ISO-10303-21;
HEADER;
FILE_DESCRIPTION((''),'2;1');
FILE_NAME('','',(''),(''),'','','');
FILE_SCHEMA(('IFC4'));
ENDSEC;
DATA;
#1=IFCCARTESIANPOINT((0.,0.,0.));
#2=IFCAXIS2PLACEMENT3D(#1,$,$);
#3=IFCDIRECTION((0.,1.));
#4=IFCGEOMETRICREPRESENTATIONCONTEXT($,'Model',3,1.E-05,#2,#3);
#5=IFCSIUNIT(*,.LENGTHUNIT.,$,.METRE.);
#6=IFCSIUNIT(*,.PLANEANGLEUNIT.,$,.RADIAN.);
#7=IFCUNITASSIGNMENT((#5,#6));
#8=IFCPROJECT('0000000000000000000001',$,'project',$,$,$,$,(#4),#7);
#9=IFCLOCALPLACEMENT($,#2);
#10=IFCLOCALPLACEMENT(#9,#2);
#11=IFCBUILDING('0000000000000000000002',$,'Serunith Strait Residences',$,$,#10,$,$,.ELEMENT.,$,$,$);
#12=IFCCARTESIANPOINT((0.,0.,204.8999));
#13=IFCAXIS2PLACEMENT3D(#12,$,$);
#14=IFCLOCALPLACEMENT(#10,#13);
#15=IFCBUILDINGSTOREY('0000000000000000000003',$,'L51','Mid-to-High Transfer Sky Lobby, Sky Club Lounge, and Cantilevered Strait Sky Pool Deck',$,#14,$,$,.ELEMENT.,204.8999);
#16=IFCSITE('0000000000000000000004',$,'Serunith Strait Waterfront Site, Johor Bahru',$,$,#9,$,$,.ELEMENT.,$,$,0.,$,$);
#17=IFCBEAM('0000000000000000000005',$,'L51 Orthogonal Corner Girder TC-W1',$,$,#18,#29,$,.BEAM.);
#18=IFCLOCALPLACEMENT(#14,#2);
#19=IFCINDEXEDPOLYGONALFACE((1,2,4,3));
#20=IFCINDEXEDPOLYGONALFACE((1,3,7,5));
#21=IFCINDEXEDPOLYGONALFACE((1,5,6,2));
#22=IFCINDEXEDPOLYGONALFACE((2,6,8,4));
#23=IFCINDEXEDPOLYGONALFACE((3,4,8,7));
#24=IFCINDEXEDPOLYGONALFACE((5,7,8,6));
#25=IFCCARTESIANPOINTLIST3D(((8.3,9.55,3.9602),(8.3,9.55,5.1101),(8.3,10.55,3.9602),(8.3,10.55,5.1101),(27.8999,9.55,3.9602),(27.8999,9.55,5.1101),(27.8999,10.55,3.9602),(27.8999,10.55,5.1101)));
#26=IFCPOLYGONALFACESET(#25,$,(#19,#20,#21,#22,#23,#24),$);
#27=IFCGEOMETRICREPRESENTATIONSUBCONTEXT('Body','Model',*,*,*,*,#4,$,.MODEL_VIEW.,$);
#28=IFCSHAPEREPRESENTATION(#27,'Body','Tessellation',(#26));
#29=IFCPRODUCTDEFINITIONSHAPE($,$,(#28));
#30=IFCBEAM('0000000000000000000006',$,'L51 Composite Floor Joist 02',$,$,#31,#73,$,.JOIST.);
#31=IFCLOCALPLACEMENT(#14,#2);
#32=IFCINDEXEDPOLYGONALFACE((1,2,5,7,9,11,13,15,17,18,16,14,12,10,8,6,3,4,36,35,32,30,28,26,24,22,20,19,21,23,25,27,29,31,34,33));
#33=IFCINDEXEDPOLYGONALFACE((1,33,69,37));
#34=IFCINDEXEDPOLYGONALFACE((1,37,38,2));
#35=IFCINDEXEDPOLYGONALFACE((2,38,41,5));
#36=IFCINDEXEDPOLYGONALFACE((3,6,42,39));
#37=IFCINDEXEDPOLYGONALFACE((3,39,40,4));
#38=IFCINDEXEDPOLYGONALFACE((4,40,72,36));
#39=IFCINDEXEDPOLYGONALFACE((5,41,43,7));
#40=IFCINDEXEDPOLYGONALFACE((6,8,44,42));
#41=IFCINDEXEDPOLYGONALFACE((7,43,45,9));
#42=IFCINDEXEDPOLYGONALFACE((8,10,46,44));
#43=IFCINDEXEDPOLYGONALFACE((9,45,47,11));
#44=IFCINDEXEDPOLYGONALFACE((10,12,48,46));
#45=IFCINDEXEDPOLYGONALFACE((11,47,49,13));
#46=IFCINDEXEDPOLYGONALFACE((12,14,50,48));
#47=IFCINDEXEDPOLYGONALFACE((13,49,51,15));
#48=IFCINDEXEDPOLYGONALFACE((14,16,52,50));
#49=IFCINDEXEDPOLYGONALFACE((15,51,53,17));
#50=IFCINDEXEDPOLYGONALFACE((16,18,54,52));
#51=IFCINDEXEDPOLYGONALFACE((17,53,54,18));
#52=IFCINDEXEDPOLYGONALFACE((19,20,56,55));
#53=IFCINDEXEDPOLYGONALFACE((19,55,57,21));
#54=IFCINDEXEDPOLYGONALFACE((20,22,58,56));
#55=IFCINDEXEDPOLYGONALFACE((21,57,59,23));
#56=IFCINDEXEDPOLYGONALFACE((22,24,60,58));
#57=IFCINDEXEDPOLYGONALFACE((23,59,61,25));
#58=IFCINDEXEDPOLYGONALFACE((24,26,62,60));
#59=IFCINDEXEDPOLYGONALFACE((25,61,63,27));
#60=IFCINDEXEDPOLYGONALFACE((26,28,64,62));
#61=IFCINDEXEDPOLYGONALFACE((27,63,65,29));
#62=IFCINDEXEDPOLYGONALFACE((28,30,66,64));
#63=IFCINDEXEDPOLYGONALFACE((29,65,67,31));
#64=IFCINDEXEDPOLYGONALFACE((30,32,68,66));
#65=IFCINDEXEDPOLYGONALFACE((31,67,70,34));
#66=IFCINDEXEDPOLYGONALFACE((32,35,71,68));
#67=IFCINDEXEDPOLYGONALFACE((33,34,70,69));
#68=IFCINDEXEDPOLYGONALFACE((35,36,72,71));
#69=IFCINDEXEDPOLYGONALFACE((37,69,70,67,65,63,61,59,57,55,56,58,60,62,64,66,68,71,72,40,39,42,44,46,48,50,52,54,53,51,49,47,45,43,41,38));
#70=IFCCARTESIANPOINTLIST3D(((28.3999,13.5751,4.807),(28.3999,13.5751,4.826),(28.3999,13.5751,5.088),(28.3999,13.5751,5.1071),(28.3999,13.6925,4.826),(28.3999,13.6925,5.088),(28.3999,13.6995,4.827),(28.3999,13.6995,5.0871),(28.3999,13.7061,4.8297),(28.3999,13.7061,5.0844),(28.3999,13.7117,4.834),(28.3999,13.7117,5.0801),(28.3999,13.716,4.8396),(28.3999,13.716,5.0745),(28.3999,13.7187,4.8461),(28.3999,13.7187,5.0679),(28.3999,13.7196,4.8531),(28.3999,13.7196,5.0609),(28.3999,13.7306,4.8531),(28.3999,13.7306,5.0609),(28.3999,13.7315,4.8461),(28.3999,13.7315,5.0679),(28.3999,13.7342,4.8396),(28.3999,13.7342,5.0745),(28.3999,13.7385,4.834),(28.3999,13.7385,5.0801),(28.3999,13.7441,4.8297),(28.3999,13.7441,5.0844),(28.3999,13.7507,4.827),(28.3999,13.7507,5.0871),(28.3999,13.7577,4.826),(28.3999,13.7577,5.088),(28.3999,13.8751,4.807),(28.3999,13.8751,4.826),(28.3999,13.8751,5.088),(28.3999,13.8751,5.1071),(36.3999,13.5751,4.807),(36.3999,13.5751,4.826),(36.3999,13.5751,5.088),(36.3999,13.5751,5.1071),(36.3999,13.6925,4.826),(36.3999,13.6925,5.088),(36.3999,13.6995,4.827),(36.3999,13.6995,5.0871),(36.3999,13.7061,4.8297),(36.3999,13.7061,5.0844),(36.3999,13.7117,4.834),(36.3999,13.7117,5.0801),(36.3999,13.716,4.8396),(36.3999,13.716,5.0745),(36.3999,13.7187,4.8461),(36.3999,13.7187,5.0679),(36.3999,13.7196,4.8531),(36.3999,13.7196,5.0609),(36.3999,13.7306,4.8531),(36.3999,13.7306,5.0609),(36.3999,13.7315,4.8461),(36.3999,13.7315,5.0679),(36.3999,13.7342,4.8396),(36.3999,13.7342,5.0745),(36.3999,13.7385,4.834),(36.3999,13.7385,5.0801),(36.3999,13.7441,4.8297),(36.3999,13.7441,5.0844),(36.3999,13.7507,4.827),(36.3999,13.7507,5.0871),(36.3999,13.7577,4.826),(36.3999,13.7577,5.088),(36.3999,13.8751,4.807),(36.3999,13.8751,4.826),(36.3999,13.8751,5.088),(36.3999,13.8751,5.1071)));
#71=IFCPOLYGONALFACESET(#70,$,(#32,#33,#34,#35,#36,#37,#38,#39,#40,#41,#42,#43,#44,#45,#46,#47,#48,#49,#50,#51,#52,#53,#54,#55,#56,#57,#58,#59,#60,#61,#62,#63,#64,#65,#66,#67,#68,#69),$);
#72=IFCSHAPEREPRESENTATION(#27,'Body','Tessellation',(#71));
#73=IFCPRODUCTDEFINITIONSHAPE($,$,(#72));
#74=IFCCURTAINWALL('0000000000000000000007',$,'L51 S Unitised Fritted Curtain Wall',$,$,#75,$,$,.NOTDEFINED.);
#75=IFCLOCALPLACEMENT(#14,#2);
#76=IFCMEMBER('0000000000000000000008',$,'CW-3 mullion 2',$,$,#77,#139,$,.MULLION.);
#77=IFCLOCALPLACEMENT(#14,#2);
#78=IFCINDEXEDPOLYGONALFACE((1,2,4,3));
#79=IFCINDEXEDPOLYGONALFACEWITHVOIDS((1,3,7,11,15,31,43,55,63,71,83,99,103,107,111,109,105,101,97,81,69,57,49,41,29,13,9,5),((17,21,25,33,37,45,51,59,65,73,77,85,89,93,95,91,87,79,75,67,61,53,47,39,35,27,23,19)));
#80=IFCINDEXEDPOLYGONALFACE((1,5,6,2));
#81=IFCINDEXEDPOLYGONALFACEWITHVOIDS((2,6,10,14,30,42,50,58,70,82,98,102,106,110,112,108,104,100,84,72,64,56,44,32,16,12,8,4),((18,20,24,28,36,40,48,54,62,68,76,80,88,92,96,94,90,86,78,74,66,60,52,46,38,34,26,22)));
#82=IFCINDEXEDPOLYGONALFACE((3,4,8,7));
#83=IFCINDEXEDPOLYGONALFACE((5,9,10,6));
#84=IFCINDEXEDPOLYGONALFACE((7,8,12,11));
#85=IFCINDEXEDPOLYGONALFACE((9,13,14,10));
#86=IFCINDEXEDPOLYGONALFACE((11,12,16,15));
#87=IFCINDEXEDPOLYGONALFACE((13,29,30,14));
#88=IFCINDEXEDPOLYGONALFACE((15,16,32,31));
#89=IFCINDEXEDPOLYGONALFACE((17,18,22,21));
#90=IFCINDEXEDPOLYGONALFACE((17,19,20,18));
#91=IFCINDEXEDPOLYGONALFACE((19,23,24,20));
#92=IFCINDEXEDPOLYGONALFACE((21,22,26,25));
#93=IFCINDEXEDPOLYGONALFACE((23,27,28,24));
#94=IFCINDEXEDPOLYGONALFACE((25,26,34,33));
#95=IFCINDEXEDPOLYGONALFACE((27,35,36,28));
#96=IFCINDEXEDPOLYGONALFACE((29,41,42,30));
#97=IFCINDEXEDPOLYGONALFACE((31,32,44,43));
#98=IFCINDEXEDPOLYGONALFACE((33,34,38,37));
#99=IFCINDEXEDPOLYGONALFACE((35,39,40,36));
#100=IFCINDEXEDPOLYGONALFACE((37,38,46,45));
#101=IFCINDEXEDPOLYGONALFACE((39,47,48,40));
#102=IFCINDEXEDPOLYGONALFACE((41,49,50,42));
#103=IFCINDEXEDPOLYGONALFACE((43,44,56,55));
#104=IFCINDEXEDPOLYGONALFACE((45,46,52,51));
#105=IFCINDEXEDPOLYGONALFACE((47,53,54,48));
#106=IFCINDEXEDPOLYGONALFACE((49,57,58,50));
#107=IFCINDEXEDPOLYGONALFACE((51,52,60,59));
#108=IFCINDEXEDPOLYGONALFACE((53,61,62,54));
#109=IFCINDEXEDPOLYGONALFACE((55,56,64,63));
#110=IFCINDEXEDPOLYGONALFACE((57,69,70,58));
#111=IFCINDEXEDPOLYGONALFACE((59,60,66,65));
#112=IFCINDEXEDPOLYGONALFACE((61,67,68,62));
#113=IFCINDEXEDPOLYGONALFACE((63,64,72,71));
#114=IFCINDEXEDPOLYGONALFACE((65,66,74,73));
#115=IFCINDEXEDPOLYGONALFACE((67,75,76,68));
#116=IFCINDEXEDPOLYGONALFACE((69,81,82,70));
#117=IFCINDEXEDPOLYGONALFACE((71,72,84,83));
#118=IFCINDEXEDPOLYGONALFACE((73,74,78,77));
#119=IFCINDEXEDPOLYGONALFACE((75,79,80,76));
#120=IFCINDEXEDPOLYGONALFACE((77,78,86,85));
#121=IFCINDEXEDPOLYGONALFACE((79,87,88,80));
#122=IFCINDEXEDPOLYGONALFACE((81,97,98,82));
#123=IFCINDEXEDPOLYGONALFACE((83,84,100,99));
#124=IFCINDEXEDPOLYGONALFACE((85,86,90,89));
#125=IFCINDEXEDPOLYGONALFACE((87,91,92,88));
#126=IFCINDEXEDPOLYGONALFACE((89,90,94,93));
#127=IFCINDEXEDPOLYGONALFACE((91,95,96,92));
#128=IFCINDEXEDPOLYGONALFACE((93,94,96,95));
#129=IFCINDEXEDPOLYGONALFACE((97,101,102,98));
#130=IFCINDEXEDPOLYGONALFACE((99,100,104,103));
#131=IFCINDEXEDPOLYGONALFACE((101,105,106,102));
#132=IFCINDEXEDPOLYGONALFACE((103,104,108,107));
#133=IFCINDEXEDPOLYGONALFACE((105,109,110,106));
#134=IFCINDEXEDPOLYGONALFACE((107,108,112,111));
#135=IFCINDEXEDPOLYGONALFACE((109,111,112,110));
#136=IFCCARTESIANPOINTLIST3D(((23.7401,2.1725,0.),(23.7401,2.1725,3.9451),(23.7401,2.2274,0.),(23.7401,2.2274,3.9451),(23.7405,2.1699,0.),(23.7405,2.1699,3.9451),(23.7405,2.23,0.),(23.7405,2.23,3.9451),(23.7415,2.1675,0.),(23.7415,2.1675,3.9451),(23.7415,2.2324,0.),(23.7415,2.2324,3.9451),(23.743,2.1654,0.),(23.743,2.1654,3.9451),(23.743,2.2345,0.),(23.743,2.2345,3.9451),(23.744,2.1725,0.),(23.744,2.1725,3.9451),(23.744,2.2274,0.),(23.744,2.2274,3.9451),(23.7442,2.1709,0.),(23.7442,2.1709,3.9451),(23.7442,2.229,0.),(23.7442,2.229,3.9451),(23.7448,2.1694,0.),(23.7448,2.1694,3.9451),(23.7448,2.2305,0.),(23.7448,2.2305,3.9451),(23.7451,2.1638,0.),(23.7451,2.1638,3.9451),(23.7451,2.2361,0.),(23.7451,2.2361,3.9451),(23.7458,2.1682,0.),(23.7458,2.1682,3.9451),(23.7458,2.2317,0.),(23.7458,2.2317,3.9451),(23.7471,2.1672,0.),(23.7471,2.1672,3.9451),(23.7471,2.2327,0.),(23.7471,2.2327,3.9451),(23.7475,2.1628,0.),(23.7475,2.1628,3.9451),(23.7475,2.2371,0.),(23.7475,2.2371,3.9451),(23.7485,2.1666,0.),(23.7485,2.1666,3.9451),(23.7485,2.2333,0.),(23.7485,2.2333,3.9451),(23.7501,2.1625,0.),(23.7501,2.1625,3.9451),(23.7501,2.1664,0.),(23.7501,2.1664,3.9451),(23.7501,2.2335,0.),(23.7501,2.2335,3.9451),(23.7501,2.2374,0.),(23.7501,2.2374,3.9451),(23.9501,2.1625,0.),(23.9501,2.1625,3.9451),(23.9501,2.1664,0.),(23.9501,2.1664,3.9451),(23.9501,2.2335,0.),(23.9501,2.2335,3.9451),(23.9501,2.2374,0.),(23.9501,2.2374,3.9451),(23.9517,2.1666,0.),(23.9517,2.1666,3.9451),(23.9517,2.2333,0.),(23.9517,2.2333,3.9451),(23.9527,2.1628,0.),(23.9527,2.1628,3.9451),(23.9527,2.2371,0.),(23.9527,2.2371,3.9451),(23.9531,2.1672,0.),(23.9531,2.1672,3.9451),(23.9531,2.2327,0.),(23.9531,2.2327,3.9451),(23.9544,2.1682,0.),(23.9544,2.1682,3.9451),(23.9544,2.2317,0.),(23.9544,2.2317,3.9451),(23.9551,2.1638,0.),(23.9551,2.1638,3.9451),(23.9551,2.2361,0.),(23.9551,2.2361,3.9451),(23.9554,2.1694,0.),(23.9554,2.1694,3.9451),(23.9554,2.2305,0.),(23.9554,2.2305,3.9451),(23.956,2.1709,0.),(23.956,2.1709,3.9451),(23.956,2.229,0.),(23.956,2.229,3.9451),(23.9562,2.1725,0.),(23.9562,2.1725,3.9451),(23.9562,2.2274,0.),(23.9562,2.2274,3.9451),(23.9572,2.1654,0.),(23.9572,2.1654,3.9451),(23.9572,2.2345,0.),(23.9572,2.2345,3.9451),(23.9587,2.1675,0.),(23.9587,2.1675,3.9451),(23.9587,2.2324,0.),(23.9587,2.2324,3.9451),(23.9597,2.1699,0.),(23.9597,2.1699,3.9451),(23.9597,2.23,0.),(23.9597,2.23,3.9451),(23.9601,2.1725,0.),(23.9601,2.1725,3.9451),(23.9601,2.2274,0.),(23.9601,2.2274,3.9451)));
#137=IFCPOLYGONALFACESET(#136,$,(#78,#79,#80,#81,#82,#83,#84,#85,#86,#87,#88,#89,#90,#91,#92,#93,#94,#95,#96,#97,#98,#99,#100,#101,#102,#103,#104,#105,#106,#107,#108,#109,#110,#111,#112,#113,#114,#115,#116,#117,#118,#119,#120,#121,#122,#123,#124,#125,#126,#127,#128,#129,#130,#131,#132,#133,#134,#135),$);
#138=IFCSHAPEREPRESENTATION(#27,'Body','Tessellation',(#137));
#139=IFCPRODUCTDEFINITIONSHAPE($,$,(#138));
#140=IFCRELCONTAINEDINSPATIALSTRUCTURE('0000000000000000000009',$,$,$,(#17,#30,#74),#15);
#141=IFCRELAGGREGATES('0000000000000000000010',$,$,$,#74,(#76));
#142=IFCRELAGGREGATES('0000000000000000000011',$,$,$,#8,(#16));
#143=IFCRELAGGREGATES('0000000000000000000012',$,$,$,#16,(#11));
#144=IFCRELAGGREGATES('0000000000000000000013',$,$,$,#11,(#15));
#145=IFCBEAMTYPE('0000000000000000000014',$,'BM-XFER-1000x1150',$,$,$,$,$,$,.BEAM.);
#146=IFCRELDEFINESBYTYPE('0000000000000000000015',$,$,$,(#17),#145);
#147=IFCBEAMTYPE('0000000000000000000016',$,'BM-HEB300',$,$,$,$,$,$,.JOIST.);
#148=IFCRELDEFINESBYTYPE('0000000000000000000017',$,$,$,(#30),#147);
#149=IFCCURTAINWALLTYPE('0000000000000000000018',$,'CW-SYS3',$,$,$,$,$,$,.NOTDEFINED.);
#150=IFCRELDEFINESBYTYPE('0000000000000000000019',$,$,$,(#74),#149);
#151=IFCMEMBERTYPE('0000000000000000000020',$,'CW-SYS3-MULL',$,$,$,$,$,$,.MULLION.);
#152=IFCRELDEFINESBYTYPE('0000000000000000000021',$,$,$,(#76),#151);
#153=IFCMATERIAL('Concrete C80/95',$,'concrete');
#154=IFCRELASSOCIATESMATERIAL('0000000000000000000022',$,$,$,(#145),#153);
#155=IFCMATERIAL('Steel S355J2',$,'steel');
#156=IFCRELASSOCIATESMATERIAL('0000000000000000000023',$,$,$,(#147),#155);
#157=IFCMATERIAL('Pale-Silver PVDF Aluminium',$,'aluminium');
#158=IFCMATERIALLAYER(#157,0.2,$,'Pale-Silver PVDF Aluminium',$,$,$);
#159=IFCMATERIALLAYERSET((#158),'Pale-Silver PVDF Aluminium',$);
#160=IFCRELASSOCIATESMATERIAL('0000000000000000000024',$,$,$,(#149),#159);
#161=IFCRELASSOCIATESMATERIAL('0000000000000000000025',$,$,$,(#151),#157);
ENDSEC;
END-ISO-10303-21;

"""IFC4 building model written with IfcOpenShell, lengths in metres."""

from ifc_helpers import new_model, si_unit, direction, frame, origin, origin_2d, place, context, subcontext, project, spatial, rectangle, hollow_rectangle, i_section, extrude, source, transform, mapped, material, layer, layer_set, material_profile, profile_set, type_object, element, aggregate, save


model = new_model("IFC4")

# Units and contexts
model_context = context("Model", 3, precision=1e-05, world=origin(), true_north=direction((0.0, 1.0)))
body_context = subcontext(model_context, "Body", "Model", "MODEL_VIEW")
ifc_project = project(units=[si_unit("LENGTHUNIT", "METRE"), si_unit("PLANEANGLEUNIT", "RADIAN")], contexts=[model_context])

# Site, building, storey
site_placement = place(None, origin())
site = spatial("IfcSite", under=ifc_project, at=site_placement, Name="Serunith Strait Waterfront Site, Johor Bahru", CompositionType="ELEMENT", RefElevation=0.0)
building_placement = place(site_placement, origin())
building = spatial("IfcBuilding", under=site, at=building_placement, Name="Serunith Strait Residences", CompositionType="ELEMENT")
storey_placement = place(building_placement, frame((0.0, 0.0, 204.8999)))
storey = spatial("IfcBuildingStorey", under=building, at=storey_placement, Name="L51", Description="Mid-to-High Transfer Sky Lobby, Sky Club Lounge, and Cantilevered Strait Sky Pool Deck", CompositionType="ELEMENT", Elevation=204.8999)

# Shared definitions
ifc_material_1 = material(Name="Concrete C80/95", Category="concrete")

# Beams
ifc_material_2 = material(Name="Steel S355J2", Category="steel")
ifc_material_profile_1 = material_profile(ifc_material_1, rectangle(XDim=1.0, YDim=1.1499, at=origin_2d()), Name="RC 1000x1150")
ifc_profile_set_1 = profile_set([ifc_material_profile_1], Name="Concrete C80/95")
beam_type_1 = type_object("IfcBeamType", Name="BM-XFER-1000x1150", PredefinedType="BEAM", material=ifc_profile_set_1)
shared_shape_1 = source(origin(), body_context, "Body", "SweptSolid", [
    extrude(rectangle(XDim=1.0, YDim=1.1499, at=origin_2d()), origin(), (0.0, 0.0, 1.0), 19.5999),
])
beam_1_placement = place(storey_placement, frame((27.8999, 10.05, 4.5352), z_axis=(-1.0, 0.0, 0.0), x_axis=(0.0, -1.0, 0.0)))
element("IfcBeam", 1, at=beam_1_placement, inside=storey, type_object=beam_type_1, Name="L51 Orthogonal Corner Girder TC-W1", PredefinedType="BEAM", context=body_context, shape_type="MappedRepresentation", body=[
    mapped(shared_shape_1, transform((0.0, 0.0, 0.0), scale=1.0)),
])
ifc_material_profile_2 = material_profile(ifc_material_2, i_section(OverallWidth=0.3, OverallDepth=0.3, WebThickness=0.011, FlangeThickness=0.019, FilletRadius=0.0271, at=origin_2d()), Name="HEB 300")
ifc_profile_set_2 = profile_set([ifc_material_profile_2], Name="Steel S355J2")
beam_type_2 = type_object("IfcBeamType", Name="BM-HEB300", PredefinedType="JOIST", material=ifc_profile_set_2)
shared_shape_2 = source(origin(), body_context, "Body", "SweptSolid", [
    extrude(i_section(OverallWidth=0.3, OverallDepth=0.3, WebThickness=0.011, FlangeThickness=0.019, FilletRadius=0.0271, at=origin_2d()), origin(), (0.0, 0.0, 1.0), 8.0),
])
beam_2_placement = place(storey_placement, frame((28.3999, 13.7251, 4.957), z_axis=(1.0, 0.0, 0.0), x_axis=(0.0, 1.0, 0.0)))
element("IfcBeam", 2, at=beam_2_placement, inside=storey, type_object=beam_type_2, Name="L51 Composite Floor Joist 02", PredefinedType="JOIST", context=body_context, shape_type="MappedRepresentation", body=[
    mapped(shared_shape_2, transform((0.0, 0.0, 0.0), scale=1.0)),
])

# Curtain wall, member
ifc_material_3 = material(Name="Pale-Silver PVDF Aluminium", Category="aluminium")
ifc_layer_1 = layer(ifc_material_3, 0.2, Name="Pale-Silver PVDF Aluminium")
ifc_layer_set_1 = layer_set([ifc_layer_1], Name="Pale-Silver PVDF Aluminium")
curtain_wall_type = type_object("IfcCurtainWallType", Name="CW-SYS3", PredefinedType="NOTDEFINED", material=ifc_layer_set_1)
curtain_wall_placement = place(storey_placement, origin())
curtain_wall = element("IfcCurtainWall", 3, at=curtain_wall_placement, inside=storey, type_object=curtain_wall_type, Name="L51 S Unitised Fritted Curtain Wall", PredefinedType="NOTDEFINED")
ifc_material_profile_3 = material_profile(ifc_material_3, hollow_rectangle(XDim=0.075, YDim=0.22, WallThickness=0.0039, InnerFilletRadius=0.0061, OuterFilletRadius=0.01, at=origin_2d()), Name="ALU 220x75x4")
ifc_profile_set_3 = profile_set([ifc_material_profile_3], Name="Pale-Silver PVDF Aluminium")
member_type_1 = type_object("IfcMemberType", Name="CW-SYS3-MULL", PredefinedType="MULLION", material=ifc_profile_set_3)
shared_shape_3 = source(origin(), body_context, "Body", "SweptSolid", [
    extrude(hollow_rectangle(XDim=0.075, YDim=0.22, WallThickness=0.0039, InnerFilletRadius=0.0061, OuterFilletRadius=0.01, at=origin_2d()), origin(), (0.0, 0.0, 1.0), 3.9451),
])
member_1_placement = place(storey_placement, frame((23.8501, 2.2, 0.0), z_axis=(0.0, 0.0, 1.0), x_axis=(0.0, 1.0, 0.0)))
member_1 = element("IfcMember", 4, at=member_1_placement, type_object=member_type_1, Name="CW-3 mullion 2", PredefinedType="MULLION", context=body_context, shape_type="MappedRepresentation", body=[
    mapped(shared_shape_3, transform((0.0, 0.0, 0.0), scale=1.0)),
])
aggregate(curtain_wall, [member_1])

save(model, "model.ifc")
